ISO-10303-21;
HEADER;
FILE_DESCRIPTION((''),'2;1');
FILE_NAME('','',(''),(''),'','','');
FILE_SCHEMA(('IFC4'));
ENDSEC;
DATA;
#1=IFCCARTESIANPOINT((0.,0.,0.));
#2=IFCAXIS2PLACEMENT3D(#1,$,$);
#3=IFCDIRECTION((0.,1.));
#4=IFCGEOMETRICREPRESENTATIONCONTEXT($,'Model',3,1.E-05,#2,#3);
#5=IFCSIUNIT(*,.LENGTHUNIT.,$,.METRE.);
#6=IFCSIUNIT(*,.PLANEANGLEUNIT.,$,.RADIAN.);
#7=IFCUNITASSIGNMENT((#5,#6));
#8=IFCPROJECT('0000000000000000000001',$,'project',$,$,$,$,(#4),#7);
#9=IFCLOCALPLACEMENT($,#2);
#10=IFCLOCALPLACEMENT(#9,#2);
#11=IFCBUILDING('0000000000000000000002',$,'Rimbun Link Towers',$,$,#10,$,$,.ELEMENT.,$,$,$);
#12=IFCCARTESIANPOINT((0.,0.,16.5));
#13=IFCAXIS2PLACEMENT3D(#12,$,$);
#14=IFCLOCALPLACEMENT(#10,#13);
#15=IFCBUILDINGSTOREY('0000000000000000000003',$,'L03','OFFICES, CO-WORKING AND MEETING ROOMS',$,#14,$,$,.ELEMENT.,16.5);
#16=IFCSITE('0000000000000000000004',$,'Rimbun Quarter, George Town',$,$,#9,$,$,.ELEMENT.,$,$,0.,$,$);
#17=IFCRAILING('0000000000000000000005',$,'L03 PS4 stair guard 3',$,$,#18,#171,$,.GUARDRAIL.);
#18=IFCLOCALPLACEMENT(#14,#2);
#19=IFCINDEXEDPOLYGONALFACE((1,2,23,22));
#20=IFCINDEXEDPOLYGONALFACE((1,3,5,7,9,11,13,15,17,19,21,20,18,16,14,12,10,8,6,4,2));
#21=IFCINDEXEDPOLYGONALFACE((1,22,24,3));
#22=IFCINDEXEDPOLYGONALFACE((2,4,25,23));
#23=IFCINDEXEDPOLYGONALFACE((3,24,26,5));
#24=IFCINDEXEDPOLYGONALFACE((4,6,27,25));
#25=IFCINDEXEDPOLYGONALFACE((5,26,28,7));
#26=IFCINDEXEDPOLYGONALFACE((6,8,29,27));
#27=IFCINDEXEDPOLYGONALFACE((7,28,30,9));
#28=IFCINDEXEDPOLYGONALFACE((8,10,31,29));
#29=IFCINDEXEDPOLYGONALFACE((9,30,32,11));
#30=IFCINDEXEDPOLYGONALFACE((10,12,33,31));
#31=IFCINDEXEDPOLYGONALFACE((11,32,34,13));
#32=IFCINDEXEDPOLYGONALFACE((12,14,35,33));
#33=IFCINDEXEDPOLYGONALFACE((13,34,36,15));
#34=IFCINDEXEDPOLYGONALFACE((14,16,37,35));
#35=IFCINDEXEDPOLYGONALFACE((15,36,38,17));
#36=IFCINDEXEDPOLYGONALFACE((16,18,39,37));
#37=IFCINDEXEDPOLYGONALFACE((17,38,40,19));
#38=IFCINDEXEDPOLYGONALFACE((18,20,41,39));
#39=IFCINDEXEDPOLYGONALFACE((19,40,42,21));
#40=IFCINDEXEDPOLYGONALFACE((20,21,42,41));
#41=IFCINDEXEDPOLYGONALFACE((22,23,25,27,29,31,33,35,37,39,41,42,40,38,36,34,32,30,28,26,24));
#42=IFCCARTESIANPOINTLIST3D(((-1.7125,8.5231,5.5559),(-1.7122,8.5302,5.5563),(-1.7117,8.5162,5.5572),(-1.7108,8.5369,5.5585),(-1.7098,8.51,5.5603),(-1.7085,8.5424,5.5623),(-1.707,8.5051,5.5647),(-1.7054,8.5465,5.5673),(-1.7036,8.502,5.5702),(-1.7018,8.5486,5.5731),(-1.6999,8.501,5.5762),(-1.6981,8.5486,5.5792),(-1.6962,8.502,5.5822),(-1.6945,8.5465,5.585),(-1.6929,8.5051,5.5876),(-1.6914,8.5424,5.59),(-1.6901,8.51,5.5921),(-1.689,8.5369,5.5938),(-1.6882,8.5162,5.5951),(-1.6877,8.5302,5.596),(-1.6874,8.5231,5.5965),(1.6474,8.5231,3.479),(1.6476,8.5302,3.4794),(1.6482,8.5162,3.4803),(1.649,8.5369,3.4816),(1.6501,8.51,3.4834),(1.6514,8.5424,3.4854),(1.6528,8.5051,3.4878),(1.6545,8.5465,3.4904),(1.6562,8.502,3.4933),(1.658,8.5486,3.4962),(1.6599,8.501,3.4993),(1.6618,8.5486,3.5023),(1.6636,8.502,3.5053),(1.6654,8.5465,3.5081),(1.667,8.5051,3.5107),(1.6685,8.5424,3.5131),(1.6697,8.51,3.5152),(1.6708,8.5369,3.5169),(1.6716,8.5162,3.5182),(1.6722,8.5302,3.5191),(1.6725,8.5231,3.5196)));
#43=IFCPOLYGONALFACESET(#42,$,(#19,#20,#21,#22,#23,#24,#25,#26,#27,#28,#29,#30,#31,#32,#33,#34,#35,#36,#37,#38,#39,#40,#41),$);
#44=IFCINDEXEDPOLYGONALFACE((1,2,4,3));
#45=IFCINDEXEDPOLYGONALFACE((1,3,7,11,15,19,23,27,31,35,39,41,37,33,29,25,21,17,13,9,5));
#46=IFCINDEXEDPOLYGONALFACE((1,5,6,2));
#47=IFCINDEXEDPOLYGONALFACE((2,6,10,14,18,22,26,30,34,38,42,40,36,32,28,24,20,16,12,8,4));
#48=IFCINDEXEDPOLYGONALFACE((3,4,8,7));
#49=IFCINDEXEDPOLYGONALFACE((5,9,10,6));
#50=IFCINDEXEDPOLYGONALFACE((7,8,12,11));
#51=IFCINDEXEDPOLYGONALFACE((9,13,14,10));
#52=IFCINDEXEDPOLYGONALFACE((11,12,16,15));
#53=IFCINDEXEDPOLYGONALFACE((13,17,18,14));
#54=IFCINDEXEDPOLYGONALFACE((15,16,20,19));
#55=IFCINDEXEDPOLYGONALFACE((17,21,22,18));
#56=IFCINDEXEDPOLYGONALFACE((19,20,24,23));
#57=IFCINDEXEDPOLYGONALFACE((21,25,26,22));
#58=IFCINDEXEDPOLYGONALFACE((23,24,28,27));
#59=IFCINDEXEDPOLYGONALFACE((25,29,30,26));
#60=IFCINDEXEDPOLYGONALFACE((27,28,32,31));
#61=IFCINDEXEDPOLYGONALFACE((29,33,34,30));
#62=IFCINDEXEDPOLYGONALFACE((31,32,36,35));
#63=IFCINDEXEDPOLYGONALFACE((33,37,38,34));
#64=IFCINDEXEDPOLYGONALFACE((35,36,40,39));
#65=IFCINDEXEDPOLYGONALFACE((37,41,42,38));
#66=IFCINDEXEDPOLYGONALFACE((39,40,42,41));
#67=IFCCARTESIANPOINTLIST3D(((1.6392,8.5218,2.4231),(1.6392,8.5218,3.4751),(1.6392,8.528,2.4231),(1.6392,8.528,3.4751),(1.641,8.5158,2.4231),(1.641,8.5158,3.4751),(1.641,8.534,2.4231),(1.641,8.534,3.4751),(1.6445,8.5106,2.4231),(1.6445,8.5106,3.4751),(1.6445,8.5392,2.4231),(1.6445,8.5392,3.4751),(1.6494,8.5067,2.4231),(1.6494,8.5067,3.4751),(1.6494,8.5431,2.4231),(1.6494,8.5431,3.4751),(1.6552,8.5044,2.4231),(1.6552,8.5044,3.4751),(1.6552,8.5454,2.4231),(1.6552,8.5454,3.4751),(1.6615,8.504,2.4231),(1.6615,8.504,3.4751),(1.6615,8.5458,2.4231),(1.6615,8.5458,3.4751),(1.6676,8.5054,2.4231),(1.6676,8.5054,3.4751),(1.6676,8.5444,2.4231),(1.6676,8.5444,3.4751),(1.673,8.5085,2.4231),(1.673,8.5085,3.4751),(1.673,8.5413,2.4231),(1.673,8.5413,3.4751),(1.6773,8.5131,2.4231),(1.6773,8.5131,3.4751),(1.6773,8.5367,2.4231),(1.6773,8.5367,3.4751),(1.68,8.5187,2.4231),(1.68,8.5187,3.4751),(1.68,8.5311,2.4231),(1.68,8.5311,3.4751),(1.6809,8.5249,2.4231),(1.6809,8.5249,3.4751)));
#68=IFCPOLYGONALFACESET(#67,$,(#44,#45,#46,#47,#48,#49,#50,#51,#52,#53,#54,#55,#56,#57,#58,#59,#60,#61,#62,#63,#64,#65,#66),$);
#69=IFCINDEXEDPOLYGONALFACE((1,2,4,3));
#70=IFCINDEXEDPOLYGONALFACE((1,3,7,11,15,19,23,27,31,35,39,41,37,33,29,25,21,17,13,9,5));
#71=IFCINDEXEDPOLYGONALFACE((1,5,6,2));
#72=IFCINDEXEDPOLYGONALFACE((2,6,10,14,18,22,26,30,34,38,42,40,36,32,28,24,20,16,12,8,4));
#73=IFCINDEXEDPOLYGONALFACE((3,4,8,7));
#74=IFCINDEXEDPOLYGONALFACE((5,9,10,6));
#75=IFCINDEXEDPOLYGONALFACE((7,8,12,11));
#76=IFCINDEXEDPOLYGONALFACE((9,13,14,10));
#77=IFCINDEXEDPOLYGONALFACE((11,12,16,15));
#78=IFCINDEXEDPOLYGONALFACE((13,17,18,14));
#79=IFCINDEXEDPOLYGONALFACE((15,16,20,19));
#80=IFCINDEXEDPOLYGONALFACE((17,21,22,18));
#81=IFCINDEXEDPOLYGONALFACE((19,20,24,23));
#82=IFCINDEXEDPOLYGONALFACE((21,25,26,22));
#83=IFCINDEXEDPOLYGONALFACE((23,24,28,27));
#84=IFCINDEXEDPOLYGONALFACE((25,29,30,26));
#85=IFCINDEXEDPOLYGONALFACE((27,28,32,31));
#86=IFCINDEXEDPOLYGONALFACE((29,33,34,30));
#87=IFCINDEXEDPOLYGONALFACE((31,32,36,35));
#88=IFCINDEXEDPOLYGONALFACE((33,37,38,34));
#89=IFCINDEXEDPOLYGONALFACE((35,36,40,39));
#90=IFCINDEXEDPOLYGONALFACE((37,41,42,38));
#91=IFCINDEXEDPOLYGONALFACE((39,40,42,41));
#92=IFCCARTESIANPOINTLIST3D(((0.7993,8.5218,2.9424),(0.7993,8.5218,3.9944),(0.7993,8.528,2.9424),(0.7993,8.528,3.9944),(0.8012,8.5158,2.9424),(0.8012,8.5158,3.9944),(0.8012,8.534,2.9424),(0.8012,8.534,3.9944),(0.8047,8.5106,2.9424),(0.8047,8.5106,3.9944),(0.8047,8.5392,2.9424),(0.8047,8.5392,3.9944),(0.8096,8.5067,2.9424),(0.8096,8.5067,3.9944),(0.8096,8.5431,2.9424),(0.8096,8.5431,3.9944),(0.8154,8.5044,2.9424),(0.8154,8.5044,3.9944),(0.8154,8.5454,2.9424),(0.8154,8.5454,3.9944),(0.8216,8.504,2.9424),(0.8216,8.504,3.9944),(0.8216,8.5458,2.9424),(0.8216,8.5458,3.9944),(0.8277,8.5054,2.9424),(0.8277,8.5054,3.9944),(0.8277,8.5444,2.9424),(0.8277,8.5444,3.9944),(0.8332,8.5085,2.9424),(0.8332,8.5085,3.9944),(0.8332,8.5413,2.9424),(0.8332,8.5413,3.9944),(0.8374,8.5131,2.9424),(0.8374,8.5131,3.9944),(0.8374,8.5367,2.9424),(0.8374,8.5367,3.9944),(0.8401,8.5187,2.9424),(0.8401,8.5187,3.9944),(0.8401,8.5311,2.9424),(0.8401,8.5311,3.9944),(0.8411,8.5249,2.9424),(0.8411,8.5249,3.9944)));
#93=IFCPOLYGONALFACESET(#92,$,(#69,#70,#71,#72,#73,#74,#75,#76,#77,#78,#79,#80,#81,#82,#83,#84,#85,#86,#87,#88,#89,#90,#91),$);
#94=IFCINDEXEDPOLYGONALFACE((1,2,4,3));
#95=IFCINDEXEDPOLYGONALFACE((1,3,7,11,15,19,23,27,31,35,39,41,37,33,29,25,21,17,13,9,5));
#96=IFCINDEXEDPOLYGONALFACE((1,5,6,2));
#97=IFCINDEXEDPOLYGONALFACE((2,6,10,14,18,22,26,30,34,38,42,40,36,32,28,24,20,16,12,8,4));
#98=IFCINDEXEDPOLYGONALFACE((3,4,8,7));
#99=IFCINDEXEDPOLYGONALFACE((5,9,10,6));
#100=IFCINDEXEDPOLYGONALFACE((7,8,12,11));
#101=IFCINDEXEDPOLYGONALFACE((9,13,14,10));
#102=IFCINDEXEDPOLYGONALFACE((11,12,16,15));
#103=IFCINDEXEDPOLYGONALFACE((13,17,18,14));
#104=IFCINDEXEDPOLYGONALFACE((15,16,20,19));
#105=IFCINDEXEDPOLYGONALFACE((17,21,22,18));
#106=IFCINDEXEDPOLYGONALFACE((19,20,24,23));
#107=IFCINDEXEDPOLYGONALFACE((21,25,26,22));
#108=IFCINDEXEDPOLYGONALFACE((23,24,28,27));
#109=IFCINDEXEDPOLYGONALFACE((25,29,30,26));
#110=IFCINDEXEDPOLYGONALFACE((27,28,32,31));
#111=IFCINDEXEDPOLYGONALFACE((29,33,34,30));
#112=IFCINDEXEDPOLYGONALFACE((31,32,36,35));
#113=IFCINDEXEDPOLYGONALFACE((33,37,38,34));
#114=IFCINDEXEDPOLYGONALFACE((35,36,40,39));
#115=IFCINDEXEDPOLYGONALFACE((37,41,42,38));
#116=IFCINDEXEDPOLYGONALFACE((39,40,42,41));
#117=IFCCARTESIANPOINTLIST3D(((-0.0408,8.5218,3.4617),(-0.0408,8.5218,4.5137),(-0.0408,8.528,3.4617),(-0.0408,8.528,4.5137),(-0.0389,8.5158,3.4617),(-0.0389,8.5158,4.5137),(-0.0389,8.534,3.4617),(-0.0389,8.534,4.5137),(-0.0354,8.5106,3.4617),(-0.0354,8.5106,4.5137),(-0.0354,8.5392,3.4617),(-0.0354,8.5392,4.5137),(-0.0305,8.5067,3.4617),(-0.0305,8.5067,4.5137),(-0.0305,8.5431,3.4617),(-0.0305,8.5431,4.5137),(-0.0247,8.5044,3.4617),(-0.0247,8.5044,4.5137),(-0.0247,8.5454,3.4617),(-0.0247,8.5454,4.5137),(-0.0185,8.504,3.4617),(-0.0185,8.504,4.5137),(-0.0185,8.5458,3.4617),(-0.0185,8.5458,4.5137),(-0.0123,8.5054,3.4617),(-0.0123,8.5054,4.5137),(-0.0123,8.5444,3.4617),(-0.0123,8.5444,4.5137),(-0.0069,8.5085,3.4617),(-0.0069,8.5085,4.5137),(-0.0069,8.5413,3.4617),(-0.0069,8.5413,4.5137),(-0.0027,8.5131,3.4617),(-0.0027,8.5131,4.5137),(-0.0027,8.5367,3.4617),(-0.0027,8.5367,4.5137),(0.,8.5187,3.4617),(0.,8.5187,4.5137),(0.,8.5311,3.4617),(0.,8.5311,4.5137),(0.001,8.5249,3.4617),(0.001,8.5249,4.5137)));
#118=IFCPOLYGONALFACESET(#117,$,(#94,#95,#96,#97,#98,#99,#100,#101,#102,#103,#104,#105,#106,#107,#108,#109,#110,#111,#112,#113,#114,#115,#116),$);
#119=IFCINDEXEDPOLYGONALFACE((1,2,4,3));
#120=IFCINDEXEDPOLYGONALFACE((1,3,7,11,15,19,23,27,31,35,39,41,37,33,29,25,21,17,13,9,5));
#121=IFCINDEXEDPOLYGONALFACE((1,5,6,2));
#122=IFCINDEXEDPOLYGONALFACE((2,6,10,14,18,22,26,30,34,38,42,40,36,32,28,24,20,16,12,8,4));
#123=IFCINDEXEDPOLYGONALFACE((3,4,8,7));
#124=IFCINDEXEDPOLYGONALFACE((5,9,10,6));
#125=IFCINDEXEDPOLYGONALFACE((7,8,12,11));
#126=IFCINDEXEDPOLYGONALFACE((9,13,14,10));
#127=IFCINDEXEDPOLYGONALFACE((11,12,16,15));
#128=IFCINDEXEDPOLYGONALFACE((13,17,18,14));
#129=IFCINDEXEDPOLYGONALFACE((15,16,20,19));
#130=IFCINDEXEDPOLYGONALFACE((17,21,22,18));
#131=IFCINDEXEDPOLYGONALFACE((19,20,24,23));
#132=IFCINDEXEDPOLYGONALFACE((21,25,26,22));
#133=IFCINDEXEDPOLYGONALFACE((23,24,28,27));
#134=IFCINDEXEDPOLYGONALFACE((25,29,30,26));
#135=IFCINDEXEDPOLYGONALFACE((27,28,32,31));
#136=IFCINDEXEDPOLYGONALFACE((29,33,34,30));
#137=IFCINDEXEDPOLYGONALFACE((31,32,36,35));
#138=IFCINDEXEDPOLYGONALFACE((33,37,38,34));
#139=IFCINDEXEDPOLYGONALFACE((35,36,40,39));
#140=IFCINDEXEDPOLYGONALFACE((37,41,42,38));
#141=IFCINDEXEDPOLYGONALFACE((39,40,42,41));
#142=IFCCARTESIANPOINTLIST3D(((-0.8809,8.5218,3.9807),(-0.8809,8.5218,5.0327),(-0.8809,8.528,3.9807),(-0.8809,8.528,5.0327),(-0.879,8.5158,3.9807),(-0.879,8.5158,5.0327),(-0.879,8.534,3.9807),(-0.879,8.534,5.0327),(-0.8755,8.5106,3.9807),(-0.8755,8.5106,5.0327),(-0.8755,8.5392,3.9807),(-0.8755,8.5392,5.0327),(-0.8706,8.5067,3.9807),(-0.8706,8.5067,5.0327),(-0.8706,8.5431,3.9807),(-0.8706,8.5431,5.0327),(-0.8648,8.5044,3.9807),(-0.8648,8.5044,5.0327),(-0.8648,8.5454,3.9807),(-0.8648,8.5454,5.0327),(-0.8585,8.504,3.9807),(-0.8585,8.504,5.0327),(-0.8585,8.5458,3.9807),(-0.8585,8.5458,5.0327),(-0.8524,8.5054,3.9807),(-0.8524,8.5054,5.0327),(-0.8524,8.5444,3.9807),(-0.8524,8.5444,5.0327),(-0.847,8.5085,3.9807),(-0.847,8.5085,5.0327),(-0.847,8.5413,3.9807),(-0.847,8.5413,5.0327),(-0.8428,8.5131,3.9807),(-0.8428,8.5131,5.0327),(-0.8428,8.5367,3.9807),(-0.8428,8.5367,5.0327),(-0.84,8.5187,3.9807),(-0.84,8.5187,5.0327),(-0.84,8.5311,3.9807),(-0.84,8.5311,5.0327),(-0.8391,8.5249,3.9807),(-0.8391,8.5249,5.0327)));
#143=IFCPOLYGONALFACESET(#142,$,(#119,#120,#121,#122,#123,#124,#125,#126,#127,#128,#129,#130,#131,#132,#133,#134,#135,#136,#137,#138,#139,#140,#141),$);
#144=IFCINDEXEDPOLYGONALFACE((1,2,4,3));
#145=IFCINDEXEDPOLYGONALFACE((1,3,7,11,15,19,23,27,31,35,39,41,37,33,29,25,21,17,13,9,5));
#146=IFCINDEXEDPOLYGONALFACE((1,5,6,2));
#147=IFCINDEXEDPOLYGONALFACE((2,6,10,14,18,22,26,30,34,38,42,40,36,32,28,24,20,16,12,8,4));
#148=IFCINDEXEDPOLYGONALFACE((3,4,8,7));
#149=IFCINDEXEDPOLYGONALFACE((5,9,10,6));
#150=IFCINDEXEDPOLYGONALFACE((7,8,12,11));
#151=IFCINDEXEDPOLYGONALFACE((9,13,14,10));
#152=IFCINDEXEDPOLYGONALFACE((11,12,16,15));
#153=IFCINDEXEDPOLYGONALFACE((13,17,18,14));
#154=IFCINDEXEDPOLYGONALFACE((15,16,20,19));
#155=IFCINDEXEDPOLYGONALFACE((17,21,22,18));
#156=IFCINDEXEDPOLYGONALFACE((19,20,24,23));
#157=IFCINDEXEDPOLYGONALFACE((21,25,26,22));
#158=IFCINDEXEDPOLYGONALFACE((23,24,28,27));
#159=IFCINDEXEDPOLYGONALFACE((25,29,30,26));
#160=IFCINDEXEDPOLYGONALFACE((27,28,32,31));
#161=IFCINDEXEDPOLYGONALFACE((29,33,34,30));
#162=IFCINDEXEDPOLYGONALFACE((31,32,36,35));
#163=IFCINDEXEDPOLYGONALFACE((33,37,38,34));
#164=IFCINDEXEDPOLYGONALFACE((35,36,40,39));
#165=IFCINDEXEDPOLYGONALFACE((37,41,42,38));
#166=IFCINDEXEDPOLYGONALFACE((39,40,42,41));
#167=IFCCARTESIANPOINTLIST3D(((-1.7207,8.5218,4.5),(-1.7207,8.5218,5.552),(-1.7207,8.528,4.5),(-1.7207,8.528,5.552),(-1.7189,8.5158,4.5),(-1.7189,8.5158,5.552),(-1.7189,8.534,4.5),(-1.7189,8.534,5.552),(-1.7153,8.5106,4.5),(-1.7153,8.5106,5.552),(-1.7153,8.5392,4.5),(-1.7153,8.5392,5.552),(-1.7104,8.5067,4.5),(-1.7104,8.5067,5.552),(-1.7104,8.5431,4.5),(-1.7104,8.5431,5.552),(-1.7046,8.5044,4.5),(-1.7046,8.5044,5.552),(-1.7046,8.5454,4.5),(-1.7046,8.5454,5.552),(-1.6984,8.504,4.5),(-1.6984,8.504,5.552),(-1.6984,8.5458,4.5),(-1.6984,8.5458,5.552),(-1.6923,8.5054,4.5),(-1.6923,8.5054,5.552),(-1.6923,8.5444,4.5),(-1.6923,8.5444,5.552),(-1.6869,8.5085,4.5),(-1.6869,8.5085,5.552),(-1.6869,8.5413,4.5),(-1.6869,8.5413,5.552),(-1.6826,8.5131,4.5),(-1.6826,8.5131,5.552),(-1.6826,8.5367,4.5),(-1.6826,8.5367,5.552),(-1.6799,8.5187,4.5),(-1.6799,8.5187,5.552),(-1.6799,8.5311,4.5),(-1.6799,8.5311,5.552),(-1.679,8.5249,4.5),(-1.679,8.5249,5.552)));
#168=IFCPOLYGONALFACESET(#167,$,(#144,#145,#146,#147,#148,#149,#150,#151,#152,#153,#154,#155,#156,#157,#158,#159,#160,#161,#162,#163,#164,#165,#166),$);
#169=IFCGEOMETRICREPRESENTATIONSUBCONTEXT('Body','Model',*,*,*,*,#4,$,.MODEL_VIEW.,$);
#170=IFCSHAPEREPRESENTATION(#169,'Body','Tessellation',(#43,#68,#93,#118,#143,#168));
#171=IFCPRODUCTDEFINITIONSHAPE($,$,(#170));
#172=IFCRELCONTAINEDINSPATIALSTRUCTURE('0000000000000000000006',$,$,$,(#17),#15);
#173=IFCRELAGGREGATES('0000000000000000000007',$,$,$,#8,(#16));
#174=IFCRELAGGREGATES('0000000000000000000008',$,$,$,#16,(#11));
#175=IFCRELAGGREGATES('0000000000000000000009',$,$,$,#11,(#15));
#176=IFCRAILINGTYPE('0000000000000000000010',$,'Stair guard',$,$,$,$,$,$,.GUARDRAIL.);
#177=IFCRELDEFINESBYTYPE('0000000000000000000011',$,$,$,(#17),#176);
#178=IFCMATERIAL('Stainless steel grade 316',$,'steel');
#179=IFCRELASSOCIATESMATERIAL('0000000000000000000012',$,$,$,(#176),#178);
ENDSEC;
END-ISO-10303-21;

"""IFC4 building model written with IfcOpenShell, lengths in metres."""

from ifc_helpers import new_model, si_unit, direction, frame, origin, origin_2d, place, context, subcontext, project, spatial, circle, extrude, material, type_object, element, save


model = new_model("IFC4")

# Units and contexts
model_context = context("Model", 3, precision=1e-05, world=origin(), true_north=direction((0.0, 1.0)))
body_context = subcontext(model_context, "Body", "Model", "MODEL_VIEW")
ifc_project = project(units=[si_unit("LENGTHUNIT", "METRE"), si_unit("PLANEANGLEUNIT", "RADIAN")], contexts=[model_context])

# Site, building, storey
site_placement = place(None, origin())
site = spatial("IfcSite", under=ifc_project, at=site_placement, Name="Rimbun Quarter, George Town", CompositionType="ELEMENT", RefElevation=0.0)
building_placement = place(site_placement, origin())
building = spatial("IfcBuilding", under=site, at=building_placement, Name="Rimbun Link Towers", CompositionType="ELEMENT")
storey_placement = place(building_placement, frame((0.0, 0.0, 16.5)))
storey = spatial("IfcBuildingStorey", under=building, at=storey_placement, Name="L03", Description="OFFICES, CO-WORKING AND MEETING ROOMS", CompositionType="ELEMENT", Elevation=16.5)

# Railing
ifc_material_1 = material(Name="Stainless steel grade 316", Category="steel")
railing_type_1 = type_object("IfcRailingType", Name="Stair guard", PredefinedType="GUARDRAIL", material=ifc_material_1)
for number, where, name in (
    (1, (1.6599, 8.5249, 2.4231), "L03 PS4 stair guard 3"),
):
    element("IfcRailing", number, at=place(storey_placement, frame(where)), inside=storey, type_object=railing_type_1, Name=name, PredefinedType="GUARDRAIL", context=body_context, shape_type="SweptSolid", body=[
        extrude(circle(Radius=0.0239, at=origin_2d()), frame((0.0, 0.0, 1.0762), z_axis=(-0.850606, 0.0, 0.525803), x_axis=(0.0, -1.0, 0.0)), (0.0, 0.0, 1.0), 3.95),
        extrude(circle(Radius=0.021, at=origin_2d()), origin(), (0.0, 0.0, 1.0), 1.052),
        extrude(circle(Radius=0.021, at=origin_2d()), frame((-0.8398, 0.0, 0.5193)), (0.0, 0.0, 1.0), 1.052),
        extrude(circle(Radius=0.021, at=origin_2d()), frame((-1.6799, 0.0, 1.0386)), (0.0, 0.0, 1.0), 1.052),
        extrude(circle(Radius=0.021, at=origin_2d()), frame((-2.52, 0.0, 1.5576)), (0.0, 0.0, 1.0), 1.052),
        extrude(circle(Radius=0.021, at=origin_2d()), frame((-3.3599, 0.0, 2.0769)), (0.0, 0.0, 1.0), 1.052),
    ])

save(model, "model.ifc")
